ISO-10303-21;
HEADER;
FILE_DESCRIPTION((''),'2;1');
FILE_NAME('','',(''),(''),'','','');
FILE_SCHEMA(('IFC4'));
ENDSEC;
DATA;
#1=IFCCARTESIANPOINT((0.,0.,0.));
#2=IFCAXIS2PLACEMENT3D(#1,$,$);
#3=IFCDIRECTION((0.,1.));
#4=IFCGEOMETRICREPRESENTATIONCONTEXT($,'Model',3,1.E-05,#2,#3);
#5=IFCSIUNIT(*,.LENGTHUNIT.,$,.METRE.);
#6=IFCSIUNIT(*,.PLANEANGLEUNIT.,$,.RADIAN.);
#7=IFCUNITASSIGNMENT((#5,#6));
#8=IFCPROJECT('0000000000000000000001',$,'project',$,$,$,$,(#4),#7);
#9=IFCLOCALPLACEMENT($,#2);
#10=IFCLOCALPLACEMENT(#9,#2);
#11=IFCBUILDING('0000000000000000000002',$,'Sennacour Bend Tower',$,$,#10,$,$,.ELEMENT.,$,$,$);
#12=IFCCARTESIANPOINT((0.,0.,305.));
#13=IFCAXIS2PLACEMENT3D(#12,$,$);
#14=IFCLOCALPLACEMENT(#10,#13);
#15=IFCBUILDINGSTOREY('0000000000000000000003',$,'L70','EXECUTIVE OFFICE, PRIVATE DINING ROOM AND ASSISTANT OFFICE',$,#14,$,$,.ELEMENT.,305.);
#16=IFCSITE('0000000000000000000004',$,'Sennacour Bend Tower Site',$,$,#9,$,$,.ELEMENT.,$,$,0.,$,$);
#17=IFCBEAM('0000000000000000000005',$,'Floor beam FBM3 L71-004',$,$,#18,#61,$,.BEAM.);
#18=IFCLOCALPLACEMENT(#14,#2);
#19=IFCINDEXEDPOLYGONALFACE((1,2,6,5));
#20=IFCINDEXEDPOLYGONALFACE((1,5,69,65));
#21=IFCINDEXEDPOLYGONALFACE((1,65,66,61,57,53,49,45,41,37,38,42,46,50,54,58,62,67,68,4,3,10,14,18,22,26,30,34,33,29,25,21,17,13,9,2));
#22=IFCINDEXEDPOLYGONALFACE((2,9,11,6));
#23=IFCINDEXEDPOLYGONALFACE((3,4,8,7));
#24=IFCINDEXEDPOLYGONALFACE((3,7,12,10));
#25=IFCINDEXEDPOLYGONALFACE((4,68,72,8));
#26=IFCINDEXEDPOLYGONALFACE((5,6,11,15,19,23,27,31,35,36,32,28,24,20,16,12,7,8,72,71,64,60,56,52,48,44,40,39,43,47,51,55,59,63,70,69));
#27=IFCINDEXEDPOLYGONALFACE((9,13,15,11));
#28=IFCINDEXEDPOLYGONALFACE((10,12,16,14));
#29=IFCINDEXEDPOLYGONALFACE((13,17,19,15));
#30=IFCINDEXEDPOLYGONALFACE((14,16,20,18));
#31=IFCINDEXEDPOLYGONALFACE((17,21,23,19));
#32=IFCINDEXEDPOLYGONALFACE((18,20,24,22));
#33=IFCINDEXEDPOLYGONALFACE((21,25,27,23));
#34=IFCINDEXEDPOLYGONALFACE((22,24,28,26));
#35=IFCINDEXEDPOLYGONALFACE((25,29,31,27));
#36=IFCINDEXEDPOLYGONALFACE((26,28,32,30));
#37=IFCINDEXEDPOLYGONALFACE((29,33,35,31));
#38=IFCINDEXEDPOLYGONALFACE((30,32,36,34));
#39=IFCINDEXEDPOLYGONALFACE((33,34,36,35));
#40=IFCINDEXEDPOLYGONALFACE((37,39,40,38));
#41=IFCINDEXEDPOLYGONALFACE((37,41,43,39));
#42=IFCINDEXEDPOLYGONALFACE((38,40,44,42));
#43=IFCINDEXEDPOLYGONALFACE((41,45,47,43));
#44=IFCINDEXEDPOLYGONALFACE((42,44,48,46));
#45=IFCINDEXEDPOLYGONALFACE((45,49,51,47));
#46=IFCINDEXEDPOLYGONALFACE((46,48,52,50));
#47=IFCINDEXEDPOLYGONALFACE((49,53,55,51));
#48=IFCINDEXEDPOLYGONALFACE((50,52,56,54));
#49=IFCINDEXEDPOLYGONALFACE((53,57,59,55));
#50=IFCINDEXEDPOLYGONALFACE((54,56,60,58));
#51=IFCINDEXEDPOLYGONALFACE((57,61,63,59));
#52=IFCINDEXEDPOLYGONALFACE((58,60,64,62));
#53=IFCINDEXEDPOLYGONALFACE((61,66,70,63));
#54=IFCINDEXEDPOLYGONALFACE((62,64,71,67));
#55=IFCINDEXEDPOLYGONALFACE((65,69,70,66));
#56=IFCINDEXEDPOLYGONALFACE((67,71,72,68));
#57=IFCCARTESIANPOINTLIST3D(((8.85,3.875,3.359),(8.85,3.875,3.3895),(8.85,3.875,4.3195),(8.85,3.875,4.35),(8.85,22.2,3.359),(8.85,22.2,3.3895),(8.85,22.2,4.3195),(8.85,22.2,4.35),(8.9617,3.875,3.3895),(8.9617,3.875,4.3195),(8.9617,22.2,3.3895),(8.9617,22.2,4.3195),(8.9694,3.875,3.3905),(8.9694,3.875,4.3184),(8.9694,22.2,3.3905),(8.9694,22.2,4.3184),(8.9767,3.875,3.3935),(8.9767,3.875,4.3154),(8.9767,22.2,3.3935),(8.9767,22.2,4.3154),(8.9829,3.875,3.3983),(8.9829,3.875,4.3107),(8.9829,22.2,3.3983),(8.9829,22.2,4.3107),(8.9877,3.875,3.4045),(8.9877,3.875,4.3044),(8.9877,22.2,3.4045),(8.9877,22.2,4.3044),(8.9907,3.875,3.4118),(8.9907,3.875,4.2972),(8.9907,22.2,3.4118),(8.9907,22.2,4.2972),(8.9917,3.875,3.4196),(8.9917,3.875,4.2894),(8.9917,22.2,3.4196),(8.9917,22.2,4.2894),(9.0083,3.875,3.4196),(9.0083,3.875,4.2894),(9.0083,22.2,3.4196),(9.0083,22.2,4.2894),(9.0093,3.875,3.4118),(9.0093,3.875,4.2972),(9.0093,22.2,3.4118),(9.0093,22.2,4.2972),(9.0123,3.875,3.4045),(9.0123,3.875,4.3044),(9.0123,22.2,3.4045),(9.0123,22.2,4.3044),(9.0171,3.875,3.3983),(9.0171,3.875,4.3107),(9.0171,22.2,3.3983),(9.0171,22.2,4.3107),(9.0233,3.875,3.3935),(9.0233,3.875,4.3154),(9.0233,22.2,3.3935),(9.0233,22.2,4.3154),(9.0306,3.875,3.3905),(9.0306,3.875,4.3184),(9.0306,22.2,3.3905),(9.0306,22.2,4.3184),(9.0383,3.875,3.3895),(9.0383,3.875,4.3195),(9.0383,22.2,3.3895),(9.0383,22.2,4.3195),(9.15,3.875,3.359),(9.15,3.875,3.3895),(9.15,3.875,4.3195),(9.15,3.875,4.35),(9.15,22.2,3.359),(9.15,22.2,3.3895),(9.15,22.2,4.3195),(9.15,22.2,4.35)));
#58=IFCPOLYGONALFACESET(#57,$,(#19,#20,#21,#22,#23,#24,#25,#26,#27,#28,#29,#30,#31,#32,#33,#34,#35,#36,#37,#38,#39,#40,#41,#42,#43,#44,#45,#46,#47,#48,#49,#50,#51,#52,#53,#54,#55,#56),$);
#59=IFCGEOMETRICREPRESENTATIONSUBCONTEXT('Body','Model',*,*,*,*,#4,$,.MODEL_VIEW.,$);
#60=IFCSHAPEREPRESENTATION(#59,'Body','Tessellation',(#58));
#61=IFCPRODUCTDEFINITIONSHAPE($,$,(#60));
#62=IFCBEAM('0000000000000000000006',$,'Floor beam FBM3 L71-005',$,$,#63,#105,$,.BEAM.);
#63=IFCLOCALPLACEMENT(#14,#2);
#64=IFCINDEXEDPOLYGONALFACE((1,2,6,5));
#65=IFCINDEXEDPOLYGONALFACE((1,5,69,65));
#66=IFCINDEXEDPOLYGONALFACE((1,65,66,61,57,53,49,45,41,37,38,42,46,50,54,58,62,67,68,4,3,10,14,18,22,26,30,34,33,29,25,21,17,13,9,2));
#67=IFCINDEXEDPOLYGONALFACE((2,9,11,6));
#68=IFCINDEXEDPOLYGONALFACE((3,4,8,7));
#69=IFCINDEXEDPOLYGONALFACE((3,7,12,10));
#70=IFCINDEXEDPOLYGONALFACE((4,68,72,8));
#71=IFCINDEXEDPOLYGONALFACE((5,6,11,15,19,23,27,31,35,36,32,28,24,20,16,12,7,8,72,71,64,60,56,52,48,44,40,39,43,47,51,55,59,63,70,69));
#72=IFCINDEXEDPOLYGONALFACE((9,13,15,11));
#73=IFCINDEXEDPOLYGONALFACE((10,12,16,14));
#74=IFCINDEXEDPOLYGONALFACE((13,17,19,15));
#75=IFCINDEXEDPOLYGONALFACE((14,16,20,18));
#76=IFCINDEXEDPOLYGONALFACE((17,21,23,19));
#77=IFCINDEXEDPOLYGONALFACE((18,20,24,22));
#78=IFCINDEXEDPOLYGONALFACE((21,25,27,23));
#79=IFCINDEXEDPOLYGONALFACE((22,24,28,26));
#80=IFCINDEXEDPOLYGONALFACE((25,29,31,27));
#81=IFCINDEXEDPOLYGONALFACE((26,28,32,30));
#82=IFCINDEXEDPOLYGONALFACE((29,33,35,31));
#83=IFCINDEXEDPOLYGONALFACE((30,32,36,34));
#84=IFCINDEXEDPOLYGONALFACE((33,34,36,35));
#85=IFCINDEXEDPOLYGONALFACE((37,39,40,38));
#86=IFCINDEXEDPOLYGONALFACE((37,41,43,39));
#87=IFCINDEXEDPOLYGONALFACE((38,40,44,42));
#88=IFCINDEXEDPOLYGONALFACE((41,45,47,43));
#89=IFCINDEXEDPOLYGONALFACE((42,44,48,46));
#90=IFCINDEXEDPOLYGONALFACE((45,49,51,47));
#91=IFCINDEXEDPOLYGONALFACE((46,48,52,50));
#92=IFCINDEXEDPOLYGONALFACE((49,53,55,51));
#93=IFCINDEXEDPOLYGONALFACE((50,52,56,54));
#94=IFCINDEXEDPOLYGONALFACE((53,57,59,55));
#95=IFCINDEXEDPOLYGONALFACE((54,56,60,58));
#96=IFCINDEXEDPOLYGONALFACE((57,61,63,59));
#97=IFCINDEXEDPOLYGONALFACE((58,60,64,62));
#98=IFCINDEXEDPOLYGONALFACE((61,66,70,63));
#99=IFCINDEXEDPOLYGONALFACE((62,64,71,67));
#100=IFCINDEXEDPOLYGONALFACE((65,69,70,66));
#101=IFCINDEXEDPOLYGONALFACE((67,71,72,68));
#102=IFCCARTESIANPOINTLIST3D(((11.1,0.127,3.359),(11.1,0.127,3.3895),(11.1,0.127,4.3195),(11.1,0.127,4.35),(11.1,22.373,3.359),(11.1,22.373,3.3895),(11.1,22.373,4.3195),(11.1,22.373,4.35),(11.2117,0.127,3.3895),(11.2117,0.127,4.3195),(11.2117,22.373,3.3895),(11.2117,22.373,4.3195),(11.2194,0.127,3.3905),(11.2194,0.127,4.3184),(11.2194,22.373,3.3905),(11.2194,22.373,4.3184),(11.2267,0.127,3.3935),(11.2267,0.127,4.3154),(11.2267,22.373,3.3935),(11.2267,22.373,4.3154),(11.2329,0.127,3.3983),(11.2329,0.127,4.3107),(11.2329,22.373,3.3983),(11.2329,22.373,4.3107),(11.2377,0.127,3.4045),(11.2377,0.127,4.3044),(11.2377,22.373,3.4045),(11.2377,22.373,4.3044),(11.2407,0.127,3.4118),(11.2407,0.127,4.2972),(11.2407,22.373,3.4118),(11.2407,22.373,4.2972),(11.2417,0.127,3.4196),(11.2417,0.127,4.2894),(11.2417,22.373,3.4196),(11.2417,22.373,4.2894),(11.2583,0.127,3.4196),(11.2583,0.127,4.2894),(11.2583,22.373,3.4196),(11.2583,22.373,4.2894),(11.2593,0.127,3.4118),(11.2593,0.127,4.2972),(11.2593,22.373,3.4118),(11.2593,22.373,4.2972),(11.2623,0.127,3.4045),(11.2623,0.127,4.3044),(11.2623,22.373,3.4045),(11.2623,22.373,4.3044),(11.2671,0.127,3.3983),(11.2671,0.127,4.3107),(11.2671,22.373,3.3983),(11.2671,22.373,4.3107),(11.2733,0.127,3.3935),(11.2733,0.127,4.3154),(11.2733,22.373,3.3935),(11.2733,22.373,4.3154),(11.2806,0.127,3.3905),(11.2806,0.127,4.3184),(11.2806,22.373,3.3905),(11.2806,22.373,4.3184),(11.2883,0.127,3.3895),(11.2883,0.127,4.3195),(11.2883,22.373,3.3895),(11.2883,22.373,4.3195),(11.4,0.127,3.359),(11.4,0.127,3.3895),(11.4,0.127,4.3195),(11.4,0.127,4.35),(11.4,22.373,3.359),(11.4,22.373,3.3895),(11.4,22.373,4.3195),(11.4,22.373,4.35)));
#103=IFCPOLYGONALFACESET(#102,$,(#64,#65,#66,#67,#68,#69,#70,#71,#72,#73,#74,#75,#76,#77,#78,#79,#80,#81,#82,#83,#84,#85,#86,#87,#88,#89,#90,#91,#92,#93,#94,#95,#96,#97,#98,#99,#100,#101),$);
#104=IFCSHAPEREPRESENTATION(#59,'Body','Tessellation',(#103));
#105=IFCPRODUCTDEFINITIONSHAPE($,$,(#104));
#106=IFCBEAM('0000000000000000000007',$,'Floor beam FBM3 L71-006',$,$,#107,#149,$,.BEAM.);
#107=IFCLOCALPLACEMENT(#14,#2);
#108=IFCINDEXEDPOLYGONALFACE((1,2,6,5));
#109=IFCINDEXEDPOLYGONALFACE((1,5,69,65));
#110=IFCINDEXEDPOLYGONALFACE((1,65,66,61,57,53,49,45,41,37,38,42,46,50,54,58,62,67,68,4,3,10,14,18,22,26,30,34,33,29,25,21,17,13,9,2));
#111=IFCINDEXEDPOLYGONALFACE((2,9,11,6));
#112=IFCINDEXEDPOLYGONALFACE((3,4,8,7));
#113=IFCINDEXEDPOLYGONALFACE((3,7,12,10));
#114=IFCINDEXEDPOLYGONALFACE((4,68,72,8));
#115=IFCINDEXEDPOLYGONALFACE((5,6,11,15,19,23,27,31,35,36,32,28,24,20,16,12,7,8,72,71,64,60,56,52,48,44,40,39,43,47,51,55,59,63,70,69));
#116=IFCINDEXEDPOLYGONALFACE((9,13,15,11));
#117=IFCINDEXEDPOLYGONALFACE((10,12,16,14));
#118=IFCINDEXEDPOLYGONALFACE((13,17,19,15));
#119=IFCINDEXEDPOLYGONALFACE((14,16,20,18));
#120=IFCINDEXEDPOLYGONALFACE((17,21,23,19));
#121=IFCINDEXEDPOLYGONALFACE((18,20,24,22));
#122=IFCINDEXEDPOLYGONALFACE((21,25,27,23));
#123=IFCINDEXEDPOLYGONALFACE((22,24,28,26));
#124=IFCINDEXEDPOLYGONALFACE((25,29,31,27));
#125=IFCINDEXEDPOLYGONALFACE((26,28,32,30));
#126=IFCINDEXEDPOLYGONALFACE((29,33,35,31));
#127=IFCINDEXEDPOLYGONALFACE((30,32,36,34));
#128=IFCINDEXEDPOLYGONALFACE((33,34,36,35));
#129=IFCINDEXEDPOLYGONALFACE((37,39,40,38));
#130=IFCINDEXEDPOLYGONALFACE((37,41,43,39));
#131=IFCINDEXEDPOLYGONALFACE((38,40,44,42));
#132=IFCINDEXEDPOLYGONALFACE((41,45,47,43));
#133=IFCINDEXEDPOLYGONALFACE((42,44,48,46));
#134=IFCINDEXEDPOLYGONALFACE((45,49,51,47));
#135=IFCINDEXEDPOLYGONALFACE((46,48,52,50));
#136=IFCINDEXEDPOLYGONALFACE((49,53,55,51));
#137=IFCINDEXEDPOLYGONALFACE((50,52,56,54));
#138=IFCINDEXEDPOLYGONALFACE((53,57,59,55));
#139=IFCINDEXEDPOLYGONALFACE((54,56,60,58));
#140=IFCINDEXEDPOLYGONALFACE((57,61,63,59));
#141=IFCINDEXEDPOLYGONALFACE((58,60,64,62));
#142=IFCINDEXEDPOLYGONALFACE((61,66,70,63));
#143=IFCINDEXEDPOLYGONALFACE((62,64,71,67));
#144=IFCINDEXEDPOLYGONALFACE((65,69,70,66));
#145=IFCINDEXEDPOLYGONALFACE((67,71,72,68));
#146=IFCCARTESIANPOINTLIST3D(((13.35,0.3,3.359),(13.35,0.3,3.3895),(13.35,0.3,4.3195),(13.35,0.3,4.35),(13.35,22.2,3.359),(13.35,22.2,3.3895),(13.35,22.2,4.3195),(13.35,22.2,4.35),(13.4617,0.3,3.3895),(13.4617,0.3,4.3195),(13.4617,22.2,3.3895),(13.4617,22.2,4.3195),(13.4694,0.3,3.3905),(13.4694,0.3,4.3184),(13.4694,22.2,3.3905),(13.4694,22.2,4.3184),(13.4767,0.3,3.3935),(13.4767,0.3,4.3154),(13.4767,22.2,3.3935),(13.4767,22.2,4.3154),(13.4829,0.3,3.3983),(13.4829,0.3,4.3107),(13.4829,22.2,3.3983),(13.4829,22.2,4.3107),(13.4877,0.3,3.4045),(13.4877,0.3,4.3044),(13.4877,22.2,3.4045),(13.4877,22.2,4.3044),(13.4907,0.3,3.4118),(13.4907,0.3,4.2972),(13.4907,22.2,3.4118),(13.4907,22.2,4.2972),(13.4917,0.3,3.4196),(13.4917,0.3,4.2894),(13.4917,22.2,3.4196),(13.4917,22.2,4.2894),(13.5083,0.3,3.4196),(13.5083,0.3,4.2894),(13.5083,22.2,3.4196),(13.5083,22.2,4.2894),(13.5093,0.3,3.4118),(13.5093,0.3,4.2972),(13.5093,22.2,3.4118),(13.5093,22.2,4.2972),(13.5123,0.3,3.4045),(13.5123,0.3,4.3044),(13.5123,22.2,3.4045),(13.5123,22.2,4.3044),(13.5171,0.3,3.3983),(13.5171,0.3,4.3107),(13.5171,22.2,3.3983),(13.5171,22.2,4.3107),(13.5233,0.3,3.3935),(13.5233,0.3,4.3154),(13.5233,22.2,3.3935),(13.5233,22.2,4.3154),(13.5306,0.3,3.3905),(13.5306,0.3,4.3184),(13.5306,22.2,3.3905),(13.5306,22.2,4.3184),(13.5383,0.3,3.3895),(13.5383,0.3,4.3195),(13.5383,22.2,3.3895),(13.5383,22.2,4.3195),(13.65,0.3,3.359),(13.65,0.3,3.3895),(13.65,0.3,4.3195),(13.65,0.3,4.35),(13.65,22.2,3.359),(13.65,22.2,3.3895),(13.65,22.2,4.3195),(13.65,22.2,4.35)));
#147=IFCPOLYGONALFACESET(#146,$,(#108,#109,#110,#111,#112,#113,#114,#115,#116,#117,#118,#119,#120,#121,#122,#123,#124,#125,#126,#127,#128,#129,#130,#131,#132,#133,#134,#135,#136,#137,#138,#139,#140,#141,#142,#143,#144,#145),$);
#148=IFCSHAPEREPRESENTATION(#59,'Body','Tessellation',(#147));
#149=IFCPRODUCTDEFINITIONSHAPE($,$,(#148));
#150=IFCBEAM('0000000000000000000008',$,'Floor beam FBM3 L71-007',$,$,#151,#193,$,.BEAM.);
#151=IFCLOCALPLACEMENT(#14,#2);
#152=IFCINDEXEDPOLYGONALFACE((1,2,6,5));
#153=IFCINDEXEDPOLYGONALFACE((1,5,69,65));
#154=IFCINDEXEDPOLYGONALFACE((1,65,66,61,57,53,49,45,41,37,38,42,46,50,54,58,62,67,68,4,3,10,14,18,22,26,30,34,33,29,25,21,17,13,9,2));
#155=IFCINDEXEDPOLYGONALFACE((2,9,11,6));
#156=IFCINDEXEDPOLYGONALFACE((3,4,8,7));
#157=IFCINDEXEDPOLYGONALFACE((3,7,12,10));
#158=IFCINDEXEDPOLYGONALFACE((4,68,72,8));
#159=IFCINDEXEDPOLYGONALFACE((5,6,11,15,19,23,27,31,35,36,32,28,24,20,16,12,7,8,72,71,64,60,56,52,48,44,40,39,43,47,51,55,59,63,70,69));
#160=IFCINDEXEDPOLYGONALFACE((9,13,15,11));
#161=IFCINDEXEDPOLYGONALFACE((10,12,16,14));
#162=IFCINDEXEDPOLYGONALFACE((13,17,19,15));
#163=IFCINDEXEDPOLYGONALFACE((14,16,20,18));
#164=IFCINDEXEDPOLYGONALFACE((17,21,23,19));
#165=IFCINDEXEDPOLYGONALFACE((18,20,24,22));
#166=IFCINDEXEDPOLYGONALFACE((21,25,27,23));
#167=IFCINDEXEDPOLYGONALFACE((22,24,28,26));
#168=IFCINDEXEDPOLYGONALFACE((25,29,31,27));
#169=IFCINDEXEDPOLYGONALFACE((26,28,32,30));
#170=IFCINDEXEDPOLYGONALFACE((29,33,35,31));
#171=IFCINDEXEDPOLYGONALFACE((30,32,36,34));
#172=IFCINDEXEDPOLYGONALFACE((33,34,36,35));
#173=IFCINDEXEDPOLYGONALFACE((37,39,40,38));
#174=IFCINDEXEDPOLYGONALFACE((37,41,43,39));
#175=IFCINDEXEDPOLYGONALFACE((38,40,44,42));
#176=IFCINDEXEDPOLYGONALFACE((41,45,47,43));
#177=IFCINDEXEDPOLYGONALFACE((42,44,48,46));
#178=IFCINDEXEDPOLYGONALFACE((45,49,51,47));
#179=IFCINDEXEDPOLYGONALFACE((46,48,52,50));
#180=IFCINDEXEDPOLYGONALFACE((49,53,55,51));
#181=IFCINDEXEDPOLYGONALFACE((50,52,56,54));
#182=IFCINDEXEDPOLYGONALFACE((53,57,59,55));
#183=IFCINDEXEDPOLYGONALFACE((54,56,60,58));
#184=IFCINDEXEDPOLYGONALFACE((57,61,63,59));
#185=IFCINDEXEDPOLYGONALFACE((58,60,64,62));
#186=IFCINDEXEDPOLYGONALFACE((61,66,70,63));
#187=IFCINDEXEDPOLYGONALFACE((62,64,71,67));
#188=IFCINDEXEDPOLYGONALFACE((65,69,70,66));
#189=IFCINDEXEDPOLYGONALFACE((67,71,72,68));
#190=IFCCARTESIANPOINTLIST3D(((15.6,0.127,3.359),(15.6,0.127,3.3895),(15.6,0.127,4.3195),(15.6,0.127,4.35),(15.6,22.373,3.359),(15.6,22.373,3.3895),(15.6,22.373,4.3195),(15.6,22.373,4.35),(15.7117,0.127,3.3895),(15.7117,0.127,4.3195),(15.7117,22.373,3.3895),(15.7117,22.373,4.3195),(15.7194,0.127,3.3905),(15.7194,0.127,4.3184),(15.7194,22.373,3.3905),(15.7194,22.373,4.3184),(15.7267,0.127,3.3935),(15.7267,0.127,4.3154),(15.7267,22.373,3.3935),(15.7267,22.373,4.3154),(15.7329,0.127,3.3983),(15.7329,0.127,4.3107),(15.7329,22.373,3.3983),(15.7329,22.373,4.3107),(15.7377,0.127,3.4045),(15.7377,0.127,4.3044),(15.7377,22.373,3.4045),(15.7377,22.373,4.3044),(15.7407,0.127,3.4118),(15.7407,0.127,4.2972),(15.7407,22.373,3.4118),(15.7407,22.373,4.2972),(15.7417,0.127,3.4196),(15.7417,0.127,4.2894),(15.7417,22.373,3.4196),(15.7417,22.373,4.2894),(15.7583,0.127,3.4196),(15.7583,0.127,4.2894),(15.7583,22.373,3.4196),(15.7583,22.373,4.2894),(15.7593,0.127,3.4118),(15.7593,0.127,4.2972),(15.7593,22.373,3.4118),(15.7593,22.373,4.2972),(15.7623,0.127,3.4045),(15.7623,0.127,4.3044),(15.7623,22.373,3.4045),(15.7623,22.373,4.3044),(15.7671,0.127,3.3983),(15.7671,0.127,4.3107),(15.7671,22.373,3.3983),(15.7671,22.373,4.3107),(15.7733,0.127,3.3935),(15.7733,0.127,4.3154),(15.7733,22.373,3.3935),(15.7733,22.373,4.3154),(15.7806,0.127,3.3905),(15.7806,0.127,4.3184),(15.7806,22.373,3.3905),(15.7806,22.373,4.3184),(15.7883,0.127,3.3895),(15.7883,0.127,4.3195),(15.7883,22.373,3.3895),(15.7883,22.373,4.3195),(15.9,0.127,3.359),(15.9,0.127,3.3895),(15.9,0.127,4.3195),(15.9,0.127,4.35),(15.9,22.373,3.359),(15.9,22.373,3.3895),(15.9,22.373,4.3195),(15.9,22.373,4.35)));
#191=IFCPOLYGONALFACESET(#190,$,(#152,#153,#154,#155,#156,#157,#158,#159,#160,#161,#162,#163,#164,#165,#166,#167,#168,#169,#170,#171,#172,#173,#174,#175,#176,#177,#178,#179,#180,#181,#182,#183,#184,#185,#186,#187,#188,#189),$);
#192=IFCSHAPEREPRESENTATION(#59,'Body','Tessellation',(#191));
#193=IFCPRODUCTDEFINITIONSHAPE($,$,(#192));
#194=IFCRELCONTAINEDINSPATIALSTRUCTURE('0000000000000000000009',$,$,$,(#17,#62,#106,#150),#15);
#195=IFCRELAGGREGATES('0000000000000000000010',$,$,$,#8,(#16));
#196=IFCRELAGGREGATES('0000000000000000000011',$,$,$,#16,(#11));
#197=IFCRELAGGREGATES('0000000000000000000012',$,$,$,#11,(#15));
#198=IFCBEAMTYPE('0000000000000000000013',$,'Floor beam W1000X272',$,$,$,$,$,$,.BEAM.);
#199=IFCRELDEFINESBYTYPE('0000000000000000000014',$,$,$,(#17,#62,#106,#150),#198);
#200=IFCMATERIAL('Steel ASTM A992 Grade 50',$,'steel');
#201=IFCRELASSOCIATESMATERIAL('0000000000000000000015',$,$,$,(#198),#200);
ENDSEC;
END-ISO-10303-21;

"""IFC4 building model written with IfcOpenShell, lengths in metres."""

from ifc_helpers import new_model, si_unit, direction, frame, origin, origin_2d, place, context, subcontext, project, spatial, i_section, extrude, material, material_profile, profile_set, type_object, element, save


model = new_model("IFC4")

# Units and contexts
model_context = context("Model", 3, precision=1e-05, world=origin(), true_north=direction((0.0, 1.0)))
body_context = subcontext(model_context, "Body", "Model", "MODEL_VIEW")
ifc_project = project(units=[si_unit("LENGTHUNIT", "METRE"), si_unit("PLANEANGLEUNIT", "RADIAN")], contexts=[model_context])

# Site, building, storey
site_placement = place(None, origin())
site = spatial("IfcSite", under=ifc_project, at=site_placement, Name="Sennacour Bend Tower Site", CompositionType="ELEMENT", RefElevation=0.0)
building_placement = place(site_placement, origin())
building = spatial("IfcBuilding", under=site, at=building_placement, Name="Sennacour Bend Tower", CompositionType="ELEMENT")
storey_placement = place(building_placement, frame((0.0, 0.0, 305.0)))
storey = spatial("IfcBuildingStorey", under=building, at=storey_placement, Name="L70", Description="EXECUTIVE OFFICE, PRIVATE DINING ROOM AND ASSISTANT OFFICE", CompositionType="ELEMENT", Elevation=305.0)

# Beams
ifc_material_1 = material(Name="Steel ASTM A992 Grade 50", Category="steel")
ifc_material_profile_1 = material_profile(ifc_material_1, i_section(OverallWidth=0.3, OverallDepth=0.991, WebThickness=0.0166, FlangeThickness=0.0305, FilletRadius=0.03, at=origin_2d()), Name="Steel ASTM A992 Grade 50", Category="steel")
ifc_profile_set_1 = profile_set([ifc_material_profile_1], Name="Steel ASTM A992 Grade 50")
beam_type_1 = type_object("IfcBeamType", Name="Floor beam W1000X272", PredefinedType="BEAM", material=ifc_profile_set_1)
beam_1_placement = place(storey_placement, frame((9.0, 3.875, 3.8545), z_axis=(0.0, 1.0, 0.0), x_axis=(-1.0, 0.0, 0.0)))
element("IfcBeam", 1, at=beam_1_placement, inside=storey, type_object=beam_type_1, Name="Floor beam FBM3 L71-004", PredefinedType="BEAM", context=body_context, shape_type="SweptSolid", body=[
    extrude(i_section(OverallWidth=0.3, OverallDepth=0.991, WebThickness=0.0166, FlangeThickness=0.0305, FilletRadius=0.03, at=origin_2d()), origin(), (0.0, 0.0, 1.0), 18.325),
])
beam_2_placement = place(storey_placement, frame((11.25, 0.127, 3.8545), z_axis=(0.0, 1.0, 0.0), x_axis=(-1.0, 0.0, 0.0)))
element("IfcBeam", 2, at=beam_2_placement, inside=storey, type_object=beam_type_1, Name="Floor beam FBM3 L71-005", PredefinedType="BEAM", context=body_context, shape_type="SweptSolid", body=[
    extrude(i_section(OverallWidth=0.3, OverallDepth=0.991, WebThickness=0.0166, FlangeThickness=0.0305, FilletRadius=0.03, at=origin_2d()), origin(), (0.0, 0.0, 1.0), 22.2461),
])
beam_3_placement = place(storey_placement, frame((13.5, 0.3, 3.8545), z_axis=(0.0, 1.0, 0.0), x_axis=(-1.0, 0.0, 0.0)))
element("IfcBeam", 3, at=beam_3_placement, inside=storey, type_object=beam_type_1, Name="Floor beam FBM3 L71-006", PredefinedType="BEAM", context=body_context, shape_type="SweptSolid", body=[
    extrude(i_section(OverallWidth=0.3, OverallDepth=0.991, WebThickness=0.0166, FlangeThickness=0.0305, FilletRadius=0.03, at=origin_2d()), origin(), (0.0, 0.0, 1.0), 21.8999),
])
beam_4_placement = place(storey_placement, frame((15.75, 0.127, 3.8545), z_axis=(0.0, 1.0, 0.0), x_axis=(-1.0, 0.0, 0.0)))
element("IfcBeam", 4, at=beam_4_placement, inside=storey, type_object=beam_type_1, Name="Floor beam FBM3 L71-007", PredefinedType="BEAM", context=body_context, shape_type="SweptSolid", body=[
    extrude(i_section(OverallWidth=0.3, OverallDepth=0.991, WebThickness=0.0166, FlangeThickness=0.0305, FilletRadius=0.03, at=origin_2d()), origin(), (0.0, 0.0, 1.0), 22.2461),
])

save(model, "model.ifc")
